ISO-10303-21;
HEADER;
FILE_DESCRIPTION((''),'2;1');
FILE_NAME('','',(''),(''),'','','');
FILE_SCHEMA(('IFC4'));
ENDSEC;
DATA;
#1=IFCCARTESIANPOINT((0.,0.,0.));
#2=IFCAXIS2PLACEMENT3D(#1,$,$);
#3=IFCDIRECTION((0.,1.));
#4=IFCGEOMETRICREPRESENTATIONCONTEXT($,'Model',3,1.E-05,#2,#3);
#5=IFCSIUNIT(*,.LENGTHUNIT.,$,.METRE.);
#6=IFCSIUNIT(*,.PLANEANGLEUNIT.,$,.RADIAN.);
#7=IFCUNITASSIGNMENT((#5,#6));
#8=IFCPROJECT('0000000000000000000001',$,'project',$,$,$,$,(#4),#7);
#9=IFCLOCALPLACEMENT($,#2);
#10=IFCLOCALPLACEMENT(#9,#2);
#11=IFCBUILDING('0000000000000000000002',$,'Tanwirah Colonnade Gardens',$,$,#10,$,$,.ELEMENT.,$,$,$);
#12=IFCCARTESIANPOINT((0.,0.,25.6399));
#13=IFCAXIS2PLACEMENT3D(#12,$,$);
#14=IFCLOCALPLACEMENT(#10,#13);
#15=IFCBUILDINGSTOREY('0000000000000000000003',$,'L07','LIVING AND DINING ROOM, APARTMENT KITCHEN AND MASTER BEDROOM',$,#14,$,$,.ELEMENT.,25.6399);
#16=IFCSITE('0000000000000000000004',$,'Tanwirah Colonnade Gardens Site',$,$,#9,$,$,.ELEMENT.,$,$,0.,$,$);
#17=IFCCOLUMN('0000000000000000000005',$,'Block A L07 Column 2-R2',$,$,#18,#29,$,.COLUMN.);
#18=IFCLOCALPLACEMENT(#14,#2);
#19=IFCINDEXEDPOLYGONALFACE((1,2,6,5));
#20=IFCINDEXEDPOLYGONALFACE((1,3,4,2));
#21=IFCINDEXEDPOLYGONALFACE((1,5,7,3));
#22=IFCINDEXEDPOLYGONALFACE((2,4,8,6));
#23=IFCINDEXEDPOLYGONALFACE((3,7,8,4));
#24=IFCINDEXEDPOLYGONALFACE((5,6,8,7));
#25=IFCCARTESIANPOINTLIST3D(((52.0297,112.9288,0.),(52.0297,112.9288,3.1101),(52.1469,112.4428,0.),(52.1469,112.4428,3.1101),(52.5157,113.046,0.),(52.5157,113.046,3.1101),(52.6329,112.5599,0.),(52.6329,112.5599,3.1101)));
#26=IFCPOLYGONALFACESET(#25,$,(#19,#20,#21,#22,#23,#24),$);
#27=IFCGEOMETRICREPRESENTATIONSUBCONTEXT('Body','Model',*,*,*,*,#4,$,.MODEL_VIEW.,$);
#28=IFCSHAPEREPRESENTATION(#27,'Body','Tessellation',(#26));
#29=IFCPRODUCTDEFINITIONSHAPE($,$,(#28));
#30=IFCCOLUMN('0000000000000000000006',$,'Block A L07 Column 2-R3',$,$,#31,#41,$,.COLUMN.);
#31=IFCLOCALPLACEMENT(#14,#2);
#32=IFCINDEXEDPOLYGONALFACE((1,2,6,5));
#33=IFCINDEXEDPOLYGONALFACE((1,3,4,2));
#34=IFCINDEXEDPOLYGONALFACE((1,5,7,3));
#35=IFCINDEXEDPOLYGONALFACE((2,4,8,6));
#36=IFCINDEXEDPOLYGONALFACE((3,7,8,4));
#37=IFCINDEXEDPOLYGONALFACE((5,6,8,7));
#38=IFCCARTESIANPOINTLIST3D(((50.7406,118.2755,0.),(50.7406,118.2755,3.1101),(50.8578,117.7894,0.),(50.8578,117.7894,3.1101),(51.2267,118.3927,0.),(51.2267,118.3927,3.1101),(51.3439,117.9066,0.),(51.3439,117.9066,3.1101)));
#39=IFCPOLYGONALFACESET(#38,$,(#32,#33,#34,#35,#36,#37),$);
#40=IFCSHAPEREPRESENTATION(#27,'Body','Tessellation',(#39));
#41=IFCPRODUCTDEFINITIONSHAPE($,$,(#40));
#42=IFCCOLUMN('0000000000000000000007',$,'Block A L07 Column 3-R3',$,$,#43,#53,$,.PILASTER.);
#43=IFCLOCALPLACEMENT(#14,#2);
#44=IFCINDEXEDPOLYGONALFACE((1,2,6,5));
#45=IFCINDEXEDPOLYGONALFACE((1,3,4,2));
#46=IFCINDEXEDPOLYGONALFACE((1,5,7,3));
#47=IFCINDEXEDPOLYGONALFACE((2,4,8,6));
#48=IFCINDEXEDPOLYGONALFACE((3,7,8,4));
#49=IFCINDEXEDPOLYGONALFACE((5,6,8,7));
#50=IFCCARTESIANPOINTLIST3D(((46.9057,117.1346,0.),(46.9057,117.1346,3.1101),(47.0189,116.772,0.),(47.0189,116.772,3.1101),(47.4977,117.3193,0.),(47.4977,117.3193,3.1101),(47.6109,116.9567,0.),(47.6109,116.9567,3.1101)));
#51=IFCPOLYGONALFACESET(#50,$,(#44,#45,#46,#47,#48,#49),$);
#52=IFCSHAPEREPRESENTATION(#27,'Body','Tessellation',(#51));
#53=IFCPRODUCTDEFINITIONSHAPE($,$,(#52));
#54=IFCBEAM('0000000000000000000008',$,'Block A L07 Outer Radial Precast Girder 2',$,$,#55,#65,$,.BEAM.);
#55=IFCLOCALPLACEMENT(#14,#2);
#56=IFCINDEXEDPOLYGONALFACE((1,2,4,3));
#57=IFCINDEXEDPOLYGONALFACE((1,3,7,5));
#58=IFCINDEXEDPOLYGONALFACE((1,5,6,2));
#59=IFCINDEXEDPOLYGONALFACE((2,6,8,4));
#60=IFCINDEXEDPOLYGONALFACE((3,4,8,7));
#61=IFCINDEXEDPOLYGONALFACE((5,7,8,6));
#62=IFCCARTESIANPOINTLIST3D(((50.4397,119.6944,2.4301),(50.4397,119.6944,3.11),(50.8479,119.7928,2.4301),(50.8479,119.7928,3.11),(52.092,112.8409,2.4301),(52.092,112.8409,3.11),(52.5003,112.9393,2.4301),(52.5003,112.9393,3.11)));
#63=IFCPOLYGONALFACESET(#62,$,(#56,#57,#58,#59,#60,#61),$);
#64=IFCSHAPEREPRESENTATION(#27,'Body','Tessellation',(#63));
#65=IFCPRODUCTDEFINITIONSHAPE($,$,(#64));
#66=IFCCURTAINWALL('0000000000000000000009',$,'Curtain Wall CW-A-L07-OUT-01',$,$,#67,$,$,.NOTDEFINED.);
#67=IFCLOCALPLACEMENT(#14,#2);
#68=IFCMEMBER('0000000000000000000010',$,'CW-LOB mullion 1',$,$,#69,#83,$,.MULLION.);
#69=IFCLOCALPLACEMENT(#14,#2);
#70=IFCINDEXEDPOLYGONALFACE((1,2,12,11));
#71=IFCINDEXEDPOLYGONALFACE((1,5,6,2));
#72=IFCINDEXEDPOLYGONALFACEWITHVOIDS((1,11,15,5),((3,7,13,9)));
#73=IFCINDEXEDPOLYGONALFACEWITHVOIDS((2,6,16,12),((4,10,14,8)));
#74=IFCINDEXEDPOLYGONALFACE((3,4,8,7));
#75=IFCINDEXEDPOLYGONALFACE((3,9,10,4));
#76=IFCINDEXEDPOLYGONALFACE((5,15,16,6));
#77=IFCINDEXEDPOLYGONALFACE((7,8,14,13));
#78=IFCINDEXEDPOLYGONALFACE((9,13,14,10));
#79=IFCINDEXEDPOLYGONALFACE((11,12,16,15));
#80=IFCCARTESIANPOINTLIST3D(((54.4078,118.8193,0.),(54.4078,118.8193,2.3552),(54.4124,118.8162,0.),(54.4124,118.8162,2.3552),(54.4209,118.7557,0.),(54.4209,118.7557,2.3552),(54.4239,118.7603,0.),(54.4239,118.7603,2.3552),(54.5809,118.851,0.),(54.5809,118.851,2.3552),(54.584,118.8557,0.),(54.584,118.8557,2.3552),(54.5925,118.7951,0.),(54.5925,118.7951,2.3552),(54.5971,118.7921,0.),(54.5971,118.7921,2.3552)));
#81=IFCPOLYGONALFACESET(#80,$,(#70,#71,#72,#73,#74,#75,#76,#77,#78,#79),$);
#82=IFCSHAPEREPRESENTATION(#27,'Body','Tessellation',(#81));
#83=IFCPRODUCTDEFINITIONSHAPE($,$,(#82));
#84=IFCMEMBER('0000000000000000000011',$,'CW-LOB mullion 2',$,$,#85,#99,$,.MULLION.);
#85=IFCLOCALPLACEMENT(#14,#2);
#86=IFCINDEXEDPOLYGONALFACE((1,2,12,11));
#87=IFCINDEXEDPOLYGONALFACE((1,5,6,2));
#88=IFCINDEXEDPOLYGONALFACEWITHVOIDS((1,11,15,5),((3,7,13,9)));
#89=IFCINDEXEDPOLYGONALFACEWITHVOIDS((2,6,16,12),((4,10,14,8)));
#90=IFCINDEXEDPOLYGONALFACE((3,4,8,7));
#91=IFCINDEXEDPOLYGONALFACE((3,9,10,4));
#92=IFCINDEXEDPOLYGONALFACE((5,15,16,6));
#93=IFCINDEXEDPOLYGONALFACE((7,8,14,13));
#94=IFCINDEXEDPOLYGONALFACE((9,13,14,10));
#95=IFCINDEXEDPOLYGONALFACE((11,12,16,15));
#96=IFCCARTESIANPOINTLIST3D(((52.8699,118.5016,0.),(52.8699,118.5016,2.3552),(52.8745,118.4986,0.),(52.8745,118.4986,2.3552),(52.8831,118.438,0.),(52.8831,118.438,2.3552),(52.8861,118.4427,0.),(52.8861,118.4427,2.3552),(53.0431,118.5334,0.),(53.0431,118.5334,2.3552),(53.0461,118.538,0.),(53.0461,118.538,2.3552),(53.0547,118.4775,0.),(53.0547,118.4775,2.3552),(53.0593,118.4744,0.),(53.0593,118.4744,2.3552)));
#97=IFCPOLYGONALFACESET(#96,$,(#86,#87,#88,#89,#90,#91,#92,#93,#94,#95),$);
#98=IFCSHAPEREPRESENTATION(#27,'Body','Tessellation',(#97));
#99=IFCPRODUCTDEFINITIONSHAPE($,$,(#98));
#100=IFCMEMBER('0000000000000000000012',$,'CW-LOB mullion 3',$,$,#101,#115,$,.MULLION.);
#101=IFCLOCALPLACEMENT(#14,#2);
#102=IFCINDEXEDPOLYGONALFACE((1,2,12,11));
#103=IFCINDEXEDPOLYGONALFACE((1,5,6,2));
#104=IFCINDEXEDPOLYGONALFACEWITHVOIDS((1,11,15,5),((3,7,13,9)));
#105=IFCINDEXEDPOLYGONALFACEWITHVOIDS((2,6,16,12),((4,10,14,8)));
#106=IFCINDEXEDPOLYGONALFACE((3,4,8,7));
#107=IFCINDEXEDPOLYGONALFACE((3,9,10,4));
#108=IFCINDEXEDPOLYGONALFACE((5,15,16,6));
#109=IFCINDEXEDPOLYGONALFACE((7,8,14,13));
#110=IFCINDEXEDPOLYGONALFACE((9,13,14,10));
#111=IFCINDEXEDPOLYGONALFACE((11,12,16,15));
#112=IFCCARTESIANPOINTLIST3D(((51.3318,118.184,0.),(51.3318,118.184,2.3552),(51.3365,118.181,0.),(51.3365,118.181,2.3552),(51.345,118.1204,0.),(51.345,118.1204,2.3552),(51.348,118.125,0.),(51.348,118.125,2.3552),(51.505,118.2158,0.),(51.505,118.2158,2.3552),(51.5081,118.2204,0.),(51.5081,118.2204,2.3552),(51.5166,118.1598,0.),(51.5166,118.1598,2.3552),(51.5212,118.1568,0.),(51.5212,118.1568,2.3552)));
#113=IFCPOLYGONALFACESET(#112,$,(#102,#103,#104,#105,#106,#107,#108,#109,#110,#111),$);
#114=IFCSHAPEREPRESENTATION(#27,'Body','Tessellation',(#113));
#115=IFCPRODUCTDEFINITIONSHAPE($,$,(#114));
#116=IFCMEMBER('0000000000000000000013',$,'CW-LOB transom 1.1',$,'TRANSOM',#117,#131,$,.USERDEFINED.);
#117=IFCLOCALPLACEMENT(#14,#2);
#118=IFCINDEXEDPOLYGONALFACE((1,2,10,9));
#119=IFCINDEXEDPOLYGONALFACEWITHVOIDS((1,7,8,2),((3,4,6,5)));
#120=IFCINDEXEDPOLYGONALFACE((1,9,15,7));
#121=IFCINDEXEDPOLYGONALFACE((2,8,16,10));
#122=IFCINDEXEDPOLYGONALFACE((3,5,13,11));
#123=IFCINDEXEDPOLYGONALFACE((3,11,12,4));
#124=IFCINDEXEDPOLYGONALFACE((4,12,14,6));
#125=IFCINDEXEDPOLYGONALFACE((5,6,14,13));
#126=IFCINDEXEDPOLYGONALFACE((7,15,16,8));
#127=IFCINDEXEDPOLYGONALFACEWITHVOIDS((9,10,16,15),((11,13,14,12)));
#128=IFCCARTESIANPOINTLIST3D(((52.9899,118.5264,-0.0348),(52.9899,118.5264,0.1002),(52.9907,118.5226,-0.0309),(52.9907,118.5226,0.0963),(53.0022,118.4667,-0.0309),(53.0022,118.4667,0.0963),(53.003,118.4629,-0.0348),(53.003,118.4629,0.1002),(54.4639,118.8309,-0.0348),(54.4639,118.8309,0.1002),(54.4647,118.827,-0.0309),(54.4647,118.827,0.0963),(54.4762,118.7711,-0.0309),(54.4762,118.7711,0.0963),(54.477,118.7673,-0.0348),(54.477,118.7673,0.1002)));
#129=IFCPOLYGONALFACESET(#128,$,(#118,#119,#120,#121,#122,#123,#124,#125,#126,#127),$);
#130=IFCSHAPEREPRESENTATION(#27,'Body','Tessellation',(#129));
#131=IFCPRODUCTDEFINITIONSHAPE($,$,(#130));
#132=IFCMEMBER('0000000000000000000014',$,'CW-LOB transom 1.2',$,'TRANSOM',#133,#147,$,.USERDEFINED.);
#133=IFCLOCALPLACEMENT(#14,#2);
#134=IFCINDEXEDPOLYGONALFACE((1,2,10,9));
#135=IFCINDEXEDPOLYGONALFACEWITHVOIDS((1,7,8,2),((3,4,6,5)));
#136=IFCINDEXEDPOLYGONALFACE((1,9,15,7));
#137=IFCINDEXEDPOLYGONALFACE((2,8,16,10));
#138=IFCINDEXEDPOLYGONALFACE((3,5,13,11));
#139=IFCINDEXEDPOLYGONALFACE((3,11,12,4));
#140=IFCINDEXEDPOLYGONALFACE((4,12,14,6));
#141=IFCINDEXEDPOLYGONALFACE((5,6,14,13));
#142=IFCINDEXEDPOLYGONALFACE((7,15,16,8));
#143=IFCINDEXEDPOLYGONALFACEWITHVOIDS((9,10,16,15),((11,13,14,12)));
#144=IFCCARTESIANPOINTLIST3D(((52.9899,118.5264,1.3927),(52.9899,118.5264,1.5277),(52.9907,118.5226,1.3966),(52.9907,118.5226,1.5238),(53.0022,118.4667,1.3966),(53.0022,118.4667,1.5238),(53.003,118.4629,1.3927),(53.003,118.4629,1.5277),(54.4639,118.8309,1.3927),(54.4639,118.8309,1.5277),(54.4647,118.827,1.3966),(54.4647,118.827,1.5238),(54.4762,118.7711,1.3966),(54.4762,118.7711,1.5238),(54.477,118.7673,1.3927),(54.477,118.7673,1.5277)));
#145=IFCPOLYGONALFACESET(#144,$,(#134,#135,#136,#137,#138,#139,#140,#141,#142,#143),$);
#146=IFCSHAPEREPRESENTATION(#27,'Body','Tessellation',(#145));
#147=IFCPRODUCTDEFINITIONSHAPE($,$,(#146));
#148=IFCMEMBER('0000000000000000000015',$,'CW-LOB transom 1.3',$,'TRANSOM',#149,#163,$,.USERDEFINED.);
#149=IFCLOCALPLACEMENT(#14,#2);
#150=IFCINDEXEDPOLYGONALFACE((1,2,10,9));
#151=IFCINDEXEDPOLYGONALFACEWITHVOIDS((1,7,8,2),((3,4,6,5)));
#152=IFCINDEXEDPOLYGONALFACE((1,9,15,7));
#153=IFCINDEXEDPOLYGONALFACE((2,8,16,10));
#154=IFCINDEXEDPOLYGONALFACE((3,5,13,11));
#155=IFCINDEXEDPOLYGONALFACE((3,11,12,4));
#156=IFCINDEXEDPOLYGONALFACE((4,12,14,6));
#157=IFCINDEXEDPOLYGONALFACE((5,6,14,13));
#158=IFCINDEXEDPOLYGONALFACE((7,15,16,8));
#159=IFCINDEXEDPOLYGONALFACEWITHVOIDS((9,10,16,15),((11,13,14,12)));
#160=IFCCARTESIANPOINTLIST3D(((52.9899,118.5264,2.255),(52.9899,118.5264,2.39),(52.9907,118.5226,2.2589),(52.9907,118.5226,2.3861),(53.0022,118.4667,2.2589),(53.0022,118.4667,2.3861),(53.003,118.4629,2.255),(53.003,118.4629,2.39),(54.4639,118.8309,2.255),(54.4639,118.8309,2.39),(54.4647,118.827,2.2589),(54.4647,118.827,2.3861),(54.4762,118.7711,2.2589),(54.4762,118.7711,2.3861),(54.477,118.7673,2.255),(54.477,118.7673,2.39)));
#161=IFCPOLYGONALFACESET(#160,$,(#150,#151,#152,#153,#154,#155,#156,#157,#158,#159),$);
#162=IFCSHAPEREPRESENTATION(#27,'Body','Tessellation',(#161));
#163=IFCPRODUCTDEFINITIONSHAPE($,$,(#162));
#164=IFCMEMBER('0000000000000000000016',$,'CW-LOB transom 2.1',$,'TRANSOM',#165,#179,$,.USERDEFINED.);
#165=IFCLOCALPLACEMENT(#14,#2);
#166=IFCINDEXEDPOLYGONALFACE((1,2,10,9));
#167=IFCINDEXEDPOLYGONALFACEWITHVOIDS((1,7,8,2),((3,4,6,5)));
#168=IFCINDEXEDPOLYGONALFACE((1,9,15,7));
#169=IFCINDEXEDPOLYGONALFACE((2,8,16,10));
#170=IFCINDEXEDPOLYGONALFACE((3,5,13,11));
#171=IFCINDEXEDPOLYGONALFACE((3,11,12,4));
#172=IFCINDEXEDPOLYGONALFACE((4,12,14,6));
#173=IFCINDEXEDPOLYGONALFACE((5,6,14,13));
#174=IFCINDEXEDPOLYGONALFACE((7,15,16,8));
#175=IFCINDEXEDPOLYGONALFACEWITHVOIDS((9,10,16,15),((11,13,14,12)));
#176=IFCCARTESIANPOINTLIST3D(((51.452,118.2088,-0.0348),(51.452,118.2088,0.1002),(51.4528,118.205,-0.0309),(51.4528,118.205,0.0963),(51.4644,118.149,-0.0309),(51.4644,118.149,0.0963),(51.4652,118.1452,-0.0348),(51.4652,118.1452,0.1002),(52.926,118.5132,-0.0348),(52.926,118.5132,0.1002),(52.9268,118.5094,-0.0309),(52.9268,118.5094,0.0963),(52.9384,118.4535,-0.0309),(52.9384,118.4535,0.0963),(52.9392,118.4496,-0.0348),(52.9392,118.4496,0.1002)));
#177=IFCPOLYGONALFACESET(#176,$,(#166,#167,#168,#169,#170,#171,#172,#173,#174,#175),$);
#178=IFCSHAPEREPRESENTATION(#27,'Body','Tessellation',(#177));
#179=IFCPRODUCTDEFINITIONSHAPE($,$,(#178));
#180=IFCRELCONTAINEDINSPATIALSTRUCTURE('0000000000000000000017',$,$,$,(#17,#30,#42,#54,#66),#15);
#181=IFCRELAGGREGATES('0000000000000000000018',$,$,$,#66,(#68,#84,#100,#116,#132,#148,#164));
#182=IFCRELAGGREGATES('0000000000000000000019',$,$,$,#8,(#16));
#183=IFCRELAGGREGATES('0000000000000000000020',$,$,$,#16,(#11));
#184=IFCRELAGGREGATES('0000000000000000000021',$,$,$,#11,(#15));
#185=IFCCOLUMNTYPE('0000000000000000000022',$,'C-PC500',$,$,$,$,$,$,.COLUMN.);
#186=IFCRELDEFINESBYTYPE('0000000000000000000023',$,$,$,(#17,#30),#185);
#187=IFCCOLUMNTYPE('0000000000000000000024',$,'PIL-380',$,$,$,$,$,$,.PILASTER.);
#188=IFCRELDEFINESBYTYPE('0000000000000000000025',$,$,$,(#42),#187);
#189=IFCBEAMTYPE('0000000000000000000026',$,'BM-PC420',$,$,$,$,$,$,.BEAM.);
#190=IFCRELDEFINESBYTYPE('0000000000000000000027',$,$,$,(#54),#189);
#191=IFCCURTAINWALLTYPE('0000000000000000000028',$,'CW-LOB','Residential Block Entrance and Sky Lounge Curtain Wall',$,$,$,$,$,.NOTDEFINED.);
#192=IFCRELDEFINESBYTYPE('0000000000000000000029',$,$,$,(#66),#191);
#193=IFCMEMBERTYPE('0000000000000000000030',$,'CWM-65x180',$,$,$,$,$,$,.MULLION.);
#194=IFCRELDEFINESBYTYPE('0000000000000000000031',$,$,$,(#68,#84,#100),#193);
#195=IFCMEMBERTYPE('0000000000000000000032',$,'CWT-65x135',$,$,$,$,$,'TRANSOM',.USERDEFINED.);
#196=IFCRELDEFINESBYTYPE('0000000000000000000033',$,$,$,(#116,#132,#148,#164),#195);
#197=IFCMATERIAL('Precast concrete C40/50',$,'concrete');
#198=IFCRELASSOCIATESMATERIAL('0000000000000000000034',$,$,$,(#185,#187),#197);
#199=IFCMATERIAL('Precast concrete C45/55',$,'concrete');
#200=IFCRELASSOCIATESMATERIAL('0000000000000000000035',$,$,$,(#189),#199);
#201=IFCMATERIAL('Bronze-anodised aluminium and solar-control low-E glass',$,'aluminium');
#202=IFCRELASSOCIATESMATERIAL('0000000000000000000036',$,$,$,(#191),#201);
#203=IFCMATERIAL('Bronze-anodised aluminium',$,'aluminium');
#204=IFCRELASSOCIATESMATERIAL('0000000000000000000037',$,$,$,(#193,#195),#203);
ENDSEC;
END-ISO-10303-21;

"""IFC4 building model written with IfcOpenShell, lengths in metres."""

from ifc_helpers import new_model, si_unit, direction, frame, origin, origin_2d, place, context, subcontext, project, spatial, rectangle, hollow_rectangle, extrude, material, material_profile, profile_set, type_object, element, aggregate, save


model = new_model("IFC4")

# Units and contexts
model_context = context("Model", 3, precision=1e-05, world=origin(), true_north=direction((0.0, 1.0)))
body_context = subcontext(model_context, "Body", "Model", "MODEL_VIEW")
ifc_project = project(units=[si_unit("LENGTHUNIT", "METRE"), si_unit("PLANEANGLEUNIT", "RADIAN")], contexts=[model_context])

# Site, building, storey
site_placement = place(None, origin())
site = spatial("IfcSite", under=ifc_project, at=site_placement, Name="Tanwirah Colonnade Gardens Site", CompositionType="ELEMENT", RefElevation=0.0)
building_placement = place(site_placement, origin())
building = spatial("IfcBuilding", under=site, at=building_placement, Name="Tanwirah Colonnade Gardens", CompositionType="ELEMENT")
storey_placement = place(building_placement, frame((0.0, 0.0, 25.6399)))
storey = spatial("IfcBuildingStorey", under=building, at=storey_placement, Name="L07", Description="LIVING AND DINING ROOM, APARTMENT KITCHEN AND MASTER BEDROOM", CompositionType="ELEMENT", Elevation=25.6399)

# Columns
ifc_material_1 = material(Name="Precast concrete C40/50", Category="concrete")
ifc_material_profile_1 = material_profile(ifc_material_1, rectangle(XDim=0.5, YDim=0.5, at=origin_2d()), Name="PC-COL 500x500")
ifc_profile_set_1 = profile_set([ifc_material_profile_1], Name="Precast concrete C40/50")
column_type_1 = type_object("IfcColumnType", Name="C-PC500", PredefinedType="COLUMN", material=ifc_profile_set_1)
for number, where, z_axis, x_axis, name in (
    (1, (52.3313, 112.7444, 0.0), (0.0, 0.0, 1.0), (-0.234388, 0.972143, 0.0), "Block A L07 Column 2-R2"),
    (2, (51.0422, 118.0911, 0.0), (0.0, 0.0, 1.0), (-0.234388, 0.972143, 0.0), "Block A L07 Column 2-R3"),
):
    element("IfcColumn", number, at=place(storey_placement, frame(where, z_axis=z_axis, x_axis=x_axis)), inside=storey, type_object=column_type_1, Name=name, PredefinedType="COLUMN", context=body_context, shape_type="SweptSolid", body=[
        extrude(rectangle(XDim=0.5, YDim=0.5, at=origin_2d()), origin(), (0.0, 0.0, 1.0), 3.1101),
    ])
ifc_material_profile_2 = material_profile(ifc_material_1, rectangle(XDim=0.3799, YDim=0.6201, at=origin_2d()), Name="PC-PIL 380x620")
ifc_profile_set_2 = profile_set([ifc_material_profile_2], Name="Precast concrete C40/50")
column_type_2 = type_object("IfcColumnType", Name="PIL-380", PredefinedType="PILASTER", material=ifc_profile_set_2)
column_placement = place(storey_placement, frame((47.2583, 117.0457, 0.0), z_axis=(0.0, 0.0, 1.0), x_axis=(-0.29793, 0.954588, 0.0)))
element("IfcColumn", 3, at=column_placement, inside=storey, type_object=column_type_2, Name="Block A L07 Column 3-R3", PredefinedType="PILASTER", context=body_context, shape_type="SweptSolid", body=[
    extrude(rectangle(XDim=0.3799, YDim=0.6201, at=origin_2d()), origin(), (0.0, 0.0, 1.0), 3.1101),
])

# Beam
ifc_material_2 = material(Name="Precast concrete C45/55", Category="concrete")
ifc_material_profile_3 = material_profile(ifc_material_2, rectangle(XDim=0.4199, YDim=0.6799, at=origin_2d()), Name="PC-BM 420x680")
ifc_profile_set_3 = profile_set([ifc_material_profile_3], Name="Precast concrete C45/55")
beam_type_1 = type_object("IfcBeamType", Name="BM-PC420", PredefinedType="BEAM", material=ifc_profile_set_3)
beam_1_placement = place(storey_placement, frame((52.2961, 112.8901, 2.77), z_axis=(-0.234379, 0.972145, 0.0), x_axis=(-0.972145, -0.234379, 0.0)))
element("IfcBeam", 4, at=beam_1_placement, inside=storey, type_object=beam_type_1, Name="Block A L07 Outer Radial Precast Girder 2", PredefinedType="BEAM", context=body_context, shape_type="SweptSolid", body=[
    extrude(rectangle(XDim=0.4199, YDim=0.6799, at=origin_2d()), origin(), (0.0, 0.0, 1.0), 7.0498),
])

# Curtain wall, members
ifc_material_3 = material(Name="Bronze-anodised aluminium and solar-control low-E glass", Category="aluminium")
curtain_wall_type = type_object("IfcCurtainWallType", Name="CW-LOB", Description="Residential Block Entrance and Sky Lounge Curtain Wall", PredefinedType="NOTDEFINED", material=ifc_material_3)
curtain_wall_placement = place(storey_placement, origin())
curtain_wall = element("IfcCurtainWall", 5, at=curtain_wall_placement, inside=storey, type_object=curtain_wall_type, Name="Curtain Wall CW-A-L07-OUT-01", PredefinedType="NOTDEFINED")
ifc_material_4 = material(Name="Bronze-anodised aluminium", Category="aluminium")
ifc_material_profile_4 = material_profile(ifc_material_4, hollow_rectangle(XDim=0.0649, YDim=0.1799, WallThickness=0.0039, at=origin_2d()), Name="CW-MUL 65x180x4")
ifc_profile_set_4 = profile_set([ifc_material_profile_4], Name="Bronze-anodised aluminium")
member_type_1 = type_object("IfcMemberType", Name="CWM-65x180", PredefinedType="MULLION", material=ifc_profile_set_4)
member_1_placement = place(storey_placement, frame((54.5024, 118.8057, 0.0), z_axis=(0.0, 0.0, 1.0), x_axis=(0.202218, -0.979341, 0.0)))
member_1 = element("IfcMember", 6, at=member_1_placement, type_object=member_type_1, Name="CW-LOB mullion 1", PredefinedType="MULLION", context=body_context, shape_type="SweptSolid", body=[
    extrude(hollow_rectangle(XDim=0.0649, YDim=0.1799, WallThickness=0.0039, at=origin_2d()), origin(), (0.0, 0.0, 1.0), 2.3552),
])
member_2_placement = place(storey_placement, frame((52.9646, 118.488, 0.0), z_axis=(0.0, 0.0, 1.0), x_axis=(0.202218, -0.979341, 0.0)))
member_2 = element("IfcMember", 7, at=member_2_placement, type_object=member_type_1, Name="CW-LOB mullion 2", PredefinedType="MULLION", context=body_context, shape_type="SweptSolid", body=[
    extrude(hollow_rectangle(XDim=0.0649, YDim=0.1799, WallThickness=0.0039, at=origin_2d()), origin(), (0.0, 0.0, 1.0), 2.3552),
])
member_3_placement = place(storey_placement, frame((51.4265, 118.1704, 0.0), z_axis=(0.0, 0.0, 1.0), x_axis=(0.202218, -0.979341, 0.0)))
member_3 = element("IfcMember", 8, at=member_3_placement, type_object=member_type_1, Name="CW-LOB mullion 3", PredefinedType="MULLION", context=body_context, shape_type="SweptSolid", body=[
    extrude(hollow_rectangle(XDim=0.0649, YDim=0.1799, WallThickness=0.0039, at=origin_2d()), origin(), (0.0, 0.0, 1.0), 2.3552),
])
ifc_material_profile_5 = material_profile(ifc_material_4, hollow_rectangle(XDim=0.0649, YDim=0.135, WallThickness=0.0039, at=origin_2d()), Name="CW-TRN 65x135x4")
ifc_profile_set_5 = profile_set([ifc_material_profile_5], Name="Bronze-anodised aluminium")
member_type_2 = type_object("IfcMemberType", Name="CWT-65x135", ElementType="TRANSOM", PredefinedType="USERDEFINED", material=ifc_profile_set_5)
member_4_placement = place(storey_placement, frame((54.4705, 118.7991, 0.0327), z_axis=(-0.979332, -0.202257, 0.0), x_axis=(0.202257, -0.979332, 0.0)))
member_4 = element("IfcMember", 9, at=member_4_placement, type_object=member_type_2, Name="CW-LOB transom 1.1", ObjectType="TRANSOM", PredefinedType="USERDEFINED", context=body_context, shape_type="SweptSolid", body=[
    extrude(hollow_rectangle(XDim=0.0649, YDim=0.135, WallThickness=0.0039, at=origin_2d()), origin(), (0.0, 0.0, 1.0), 1.5051),
])
member_5_placement = place(storey_placement, frame((54.4705, 118.7991, 1.4602), z_axis=(-0.979332, -0.202257, 0.0), x_axis=(0.202257, -0.979332, 0.0)))
member_5 = element("IfcMember", 10, at=member_5_placement, type_object=member_type_2, Name="CW-LOB transom 1.2", ObjectType="TRANSOM", PredefinedType="USERDEFINED", context=body_context, shape_type="SweptSolid", body=[
    extrude(hollow_rectangle(XDim=0.0649, YDim=0.135, WallThickness=0.0039, at=origin_2d()), origin(), (0.0, 0.0, 1.0), 1.5051),
])
member_6_placement = place(storey_placement, frame((54.4705, 118.7991, 2.3225), z_axis=(-0.979332, -0.202257, 0.0), x_axis=(0.202257, -0.979332, 0.0)))
member_6 = element("IfcMember", 11, at=member_6_placement, type_object=member_type_2, Name="CW-LOB transom 1.3", ObjectType="TRANSOM", PredefinedType="USERDEFINED", context=body_context, shape_type="SweptSolid", body=[
    extrude(hollow_rectangle(XDim=0.0649, YDim=0.135, WallThickness=0.0039, at=origin_2d()), origin(), (0.0, 0.0, 1.0), 1.5051),
])
member_7_placement = place(storey_placement, frame((52.9326, 118.4814, 0.0327), z_axis=(-0.979332, -0.202257, 0.0), x_axis=(0.202257, -0.979332, 0.0)))
member_7 = element("IfcMember", 12, at=member_7_placement, type_object=member_type_2, Name="CW-LOB transom 2.1", ObjectType="TRANSOM", PredefinedType="USERDEFINED", context=body_context, shape_type="SweptSolid", body=[
    extrude(hollow_rectangle(XDim=0.0649, YDim=0.135, WallThickness=0.0039, at=origin_2d()), origin(), (0.0, 0.0, 1.0), 1.5051),
])

aggregate(curtain_wall, [member_1, member_2, member_3, member_4, member_5, member_6, member_7])

save(model, "model.ifc")
